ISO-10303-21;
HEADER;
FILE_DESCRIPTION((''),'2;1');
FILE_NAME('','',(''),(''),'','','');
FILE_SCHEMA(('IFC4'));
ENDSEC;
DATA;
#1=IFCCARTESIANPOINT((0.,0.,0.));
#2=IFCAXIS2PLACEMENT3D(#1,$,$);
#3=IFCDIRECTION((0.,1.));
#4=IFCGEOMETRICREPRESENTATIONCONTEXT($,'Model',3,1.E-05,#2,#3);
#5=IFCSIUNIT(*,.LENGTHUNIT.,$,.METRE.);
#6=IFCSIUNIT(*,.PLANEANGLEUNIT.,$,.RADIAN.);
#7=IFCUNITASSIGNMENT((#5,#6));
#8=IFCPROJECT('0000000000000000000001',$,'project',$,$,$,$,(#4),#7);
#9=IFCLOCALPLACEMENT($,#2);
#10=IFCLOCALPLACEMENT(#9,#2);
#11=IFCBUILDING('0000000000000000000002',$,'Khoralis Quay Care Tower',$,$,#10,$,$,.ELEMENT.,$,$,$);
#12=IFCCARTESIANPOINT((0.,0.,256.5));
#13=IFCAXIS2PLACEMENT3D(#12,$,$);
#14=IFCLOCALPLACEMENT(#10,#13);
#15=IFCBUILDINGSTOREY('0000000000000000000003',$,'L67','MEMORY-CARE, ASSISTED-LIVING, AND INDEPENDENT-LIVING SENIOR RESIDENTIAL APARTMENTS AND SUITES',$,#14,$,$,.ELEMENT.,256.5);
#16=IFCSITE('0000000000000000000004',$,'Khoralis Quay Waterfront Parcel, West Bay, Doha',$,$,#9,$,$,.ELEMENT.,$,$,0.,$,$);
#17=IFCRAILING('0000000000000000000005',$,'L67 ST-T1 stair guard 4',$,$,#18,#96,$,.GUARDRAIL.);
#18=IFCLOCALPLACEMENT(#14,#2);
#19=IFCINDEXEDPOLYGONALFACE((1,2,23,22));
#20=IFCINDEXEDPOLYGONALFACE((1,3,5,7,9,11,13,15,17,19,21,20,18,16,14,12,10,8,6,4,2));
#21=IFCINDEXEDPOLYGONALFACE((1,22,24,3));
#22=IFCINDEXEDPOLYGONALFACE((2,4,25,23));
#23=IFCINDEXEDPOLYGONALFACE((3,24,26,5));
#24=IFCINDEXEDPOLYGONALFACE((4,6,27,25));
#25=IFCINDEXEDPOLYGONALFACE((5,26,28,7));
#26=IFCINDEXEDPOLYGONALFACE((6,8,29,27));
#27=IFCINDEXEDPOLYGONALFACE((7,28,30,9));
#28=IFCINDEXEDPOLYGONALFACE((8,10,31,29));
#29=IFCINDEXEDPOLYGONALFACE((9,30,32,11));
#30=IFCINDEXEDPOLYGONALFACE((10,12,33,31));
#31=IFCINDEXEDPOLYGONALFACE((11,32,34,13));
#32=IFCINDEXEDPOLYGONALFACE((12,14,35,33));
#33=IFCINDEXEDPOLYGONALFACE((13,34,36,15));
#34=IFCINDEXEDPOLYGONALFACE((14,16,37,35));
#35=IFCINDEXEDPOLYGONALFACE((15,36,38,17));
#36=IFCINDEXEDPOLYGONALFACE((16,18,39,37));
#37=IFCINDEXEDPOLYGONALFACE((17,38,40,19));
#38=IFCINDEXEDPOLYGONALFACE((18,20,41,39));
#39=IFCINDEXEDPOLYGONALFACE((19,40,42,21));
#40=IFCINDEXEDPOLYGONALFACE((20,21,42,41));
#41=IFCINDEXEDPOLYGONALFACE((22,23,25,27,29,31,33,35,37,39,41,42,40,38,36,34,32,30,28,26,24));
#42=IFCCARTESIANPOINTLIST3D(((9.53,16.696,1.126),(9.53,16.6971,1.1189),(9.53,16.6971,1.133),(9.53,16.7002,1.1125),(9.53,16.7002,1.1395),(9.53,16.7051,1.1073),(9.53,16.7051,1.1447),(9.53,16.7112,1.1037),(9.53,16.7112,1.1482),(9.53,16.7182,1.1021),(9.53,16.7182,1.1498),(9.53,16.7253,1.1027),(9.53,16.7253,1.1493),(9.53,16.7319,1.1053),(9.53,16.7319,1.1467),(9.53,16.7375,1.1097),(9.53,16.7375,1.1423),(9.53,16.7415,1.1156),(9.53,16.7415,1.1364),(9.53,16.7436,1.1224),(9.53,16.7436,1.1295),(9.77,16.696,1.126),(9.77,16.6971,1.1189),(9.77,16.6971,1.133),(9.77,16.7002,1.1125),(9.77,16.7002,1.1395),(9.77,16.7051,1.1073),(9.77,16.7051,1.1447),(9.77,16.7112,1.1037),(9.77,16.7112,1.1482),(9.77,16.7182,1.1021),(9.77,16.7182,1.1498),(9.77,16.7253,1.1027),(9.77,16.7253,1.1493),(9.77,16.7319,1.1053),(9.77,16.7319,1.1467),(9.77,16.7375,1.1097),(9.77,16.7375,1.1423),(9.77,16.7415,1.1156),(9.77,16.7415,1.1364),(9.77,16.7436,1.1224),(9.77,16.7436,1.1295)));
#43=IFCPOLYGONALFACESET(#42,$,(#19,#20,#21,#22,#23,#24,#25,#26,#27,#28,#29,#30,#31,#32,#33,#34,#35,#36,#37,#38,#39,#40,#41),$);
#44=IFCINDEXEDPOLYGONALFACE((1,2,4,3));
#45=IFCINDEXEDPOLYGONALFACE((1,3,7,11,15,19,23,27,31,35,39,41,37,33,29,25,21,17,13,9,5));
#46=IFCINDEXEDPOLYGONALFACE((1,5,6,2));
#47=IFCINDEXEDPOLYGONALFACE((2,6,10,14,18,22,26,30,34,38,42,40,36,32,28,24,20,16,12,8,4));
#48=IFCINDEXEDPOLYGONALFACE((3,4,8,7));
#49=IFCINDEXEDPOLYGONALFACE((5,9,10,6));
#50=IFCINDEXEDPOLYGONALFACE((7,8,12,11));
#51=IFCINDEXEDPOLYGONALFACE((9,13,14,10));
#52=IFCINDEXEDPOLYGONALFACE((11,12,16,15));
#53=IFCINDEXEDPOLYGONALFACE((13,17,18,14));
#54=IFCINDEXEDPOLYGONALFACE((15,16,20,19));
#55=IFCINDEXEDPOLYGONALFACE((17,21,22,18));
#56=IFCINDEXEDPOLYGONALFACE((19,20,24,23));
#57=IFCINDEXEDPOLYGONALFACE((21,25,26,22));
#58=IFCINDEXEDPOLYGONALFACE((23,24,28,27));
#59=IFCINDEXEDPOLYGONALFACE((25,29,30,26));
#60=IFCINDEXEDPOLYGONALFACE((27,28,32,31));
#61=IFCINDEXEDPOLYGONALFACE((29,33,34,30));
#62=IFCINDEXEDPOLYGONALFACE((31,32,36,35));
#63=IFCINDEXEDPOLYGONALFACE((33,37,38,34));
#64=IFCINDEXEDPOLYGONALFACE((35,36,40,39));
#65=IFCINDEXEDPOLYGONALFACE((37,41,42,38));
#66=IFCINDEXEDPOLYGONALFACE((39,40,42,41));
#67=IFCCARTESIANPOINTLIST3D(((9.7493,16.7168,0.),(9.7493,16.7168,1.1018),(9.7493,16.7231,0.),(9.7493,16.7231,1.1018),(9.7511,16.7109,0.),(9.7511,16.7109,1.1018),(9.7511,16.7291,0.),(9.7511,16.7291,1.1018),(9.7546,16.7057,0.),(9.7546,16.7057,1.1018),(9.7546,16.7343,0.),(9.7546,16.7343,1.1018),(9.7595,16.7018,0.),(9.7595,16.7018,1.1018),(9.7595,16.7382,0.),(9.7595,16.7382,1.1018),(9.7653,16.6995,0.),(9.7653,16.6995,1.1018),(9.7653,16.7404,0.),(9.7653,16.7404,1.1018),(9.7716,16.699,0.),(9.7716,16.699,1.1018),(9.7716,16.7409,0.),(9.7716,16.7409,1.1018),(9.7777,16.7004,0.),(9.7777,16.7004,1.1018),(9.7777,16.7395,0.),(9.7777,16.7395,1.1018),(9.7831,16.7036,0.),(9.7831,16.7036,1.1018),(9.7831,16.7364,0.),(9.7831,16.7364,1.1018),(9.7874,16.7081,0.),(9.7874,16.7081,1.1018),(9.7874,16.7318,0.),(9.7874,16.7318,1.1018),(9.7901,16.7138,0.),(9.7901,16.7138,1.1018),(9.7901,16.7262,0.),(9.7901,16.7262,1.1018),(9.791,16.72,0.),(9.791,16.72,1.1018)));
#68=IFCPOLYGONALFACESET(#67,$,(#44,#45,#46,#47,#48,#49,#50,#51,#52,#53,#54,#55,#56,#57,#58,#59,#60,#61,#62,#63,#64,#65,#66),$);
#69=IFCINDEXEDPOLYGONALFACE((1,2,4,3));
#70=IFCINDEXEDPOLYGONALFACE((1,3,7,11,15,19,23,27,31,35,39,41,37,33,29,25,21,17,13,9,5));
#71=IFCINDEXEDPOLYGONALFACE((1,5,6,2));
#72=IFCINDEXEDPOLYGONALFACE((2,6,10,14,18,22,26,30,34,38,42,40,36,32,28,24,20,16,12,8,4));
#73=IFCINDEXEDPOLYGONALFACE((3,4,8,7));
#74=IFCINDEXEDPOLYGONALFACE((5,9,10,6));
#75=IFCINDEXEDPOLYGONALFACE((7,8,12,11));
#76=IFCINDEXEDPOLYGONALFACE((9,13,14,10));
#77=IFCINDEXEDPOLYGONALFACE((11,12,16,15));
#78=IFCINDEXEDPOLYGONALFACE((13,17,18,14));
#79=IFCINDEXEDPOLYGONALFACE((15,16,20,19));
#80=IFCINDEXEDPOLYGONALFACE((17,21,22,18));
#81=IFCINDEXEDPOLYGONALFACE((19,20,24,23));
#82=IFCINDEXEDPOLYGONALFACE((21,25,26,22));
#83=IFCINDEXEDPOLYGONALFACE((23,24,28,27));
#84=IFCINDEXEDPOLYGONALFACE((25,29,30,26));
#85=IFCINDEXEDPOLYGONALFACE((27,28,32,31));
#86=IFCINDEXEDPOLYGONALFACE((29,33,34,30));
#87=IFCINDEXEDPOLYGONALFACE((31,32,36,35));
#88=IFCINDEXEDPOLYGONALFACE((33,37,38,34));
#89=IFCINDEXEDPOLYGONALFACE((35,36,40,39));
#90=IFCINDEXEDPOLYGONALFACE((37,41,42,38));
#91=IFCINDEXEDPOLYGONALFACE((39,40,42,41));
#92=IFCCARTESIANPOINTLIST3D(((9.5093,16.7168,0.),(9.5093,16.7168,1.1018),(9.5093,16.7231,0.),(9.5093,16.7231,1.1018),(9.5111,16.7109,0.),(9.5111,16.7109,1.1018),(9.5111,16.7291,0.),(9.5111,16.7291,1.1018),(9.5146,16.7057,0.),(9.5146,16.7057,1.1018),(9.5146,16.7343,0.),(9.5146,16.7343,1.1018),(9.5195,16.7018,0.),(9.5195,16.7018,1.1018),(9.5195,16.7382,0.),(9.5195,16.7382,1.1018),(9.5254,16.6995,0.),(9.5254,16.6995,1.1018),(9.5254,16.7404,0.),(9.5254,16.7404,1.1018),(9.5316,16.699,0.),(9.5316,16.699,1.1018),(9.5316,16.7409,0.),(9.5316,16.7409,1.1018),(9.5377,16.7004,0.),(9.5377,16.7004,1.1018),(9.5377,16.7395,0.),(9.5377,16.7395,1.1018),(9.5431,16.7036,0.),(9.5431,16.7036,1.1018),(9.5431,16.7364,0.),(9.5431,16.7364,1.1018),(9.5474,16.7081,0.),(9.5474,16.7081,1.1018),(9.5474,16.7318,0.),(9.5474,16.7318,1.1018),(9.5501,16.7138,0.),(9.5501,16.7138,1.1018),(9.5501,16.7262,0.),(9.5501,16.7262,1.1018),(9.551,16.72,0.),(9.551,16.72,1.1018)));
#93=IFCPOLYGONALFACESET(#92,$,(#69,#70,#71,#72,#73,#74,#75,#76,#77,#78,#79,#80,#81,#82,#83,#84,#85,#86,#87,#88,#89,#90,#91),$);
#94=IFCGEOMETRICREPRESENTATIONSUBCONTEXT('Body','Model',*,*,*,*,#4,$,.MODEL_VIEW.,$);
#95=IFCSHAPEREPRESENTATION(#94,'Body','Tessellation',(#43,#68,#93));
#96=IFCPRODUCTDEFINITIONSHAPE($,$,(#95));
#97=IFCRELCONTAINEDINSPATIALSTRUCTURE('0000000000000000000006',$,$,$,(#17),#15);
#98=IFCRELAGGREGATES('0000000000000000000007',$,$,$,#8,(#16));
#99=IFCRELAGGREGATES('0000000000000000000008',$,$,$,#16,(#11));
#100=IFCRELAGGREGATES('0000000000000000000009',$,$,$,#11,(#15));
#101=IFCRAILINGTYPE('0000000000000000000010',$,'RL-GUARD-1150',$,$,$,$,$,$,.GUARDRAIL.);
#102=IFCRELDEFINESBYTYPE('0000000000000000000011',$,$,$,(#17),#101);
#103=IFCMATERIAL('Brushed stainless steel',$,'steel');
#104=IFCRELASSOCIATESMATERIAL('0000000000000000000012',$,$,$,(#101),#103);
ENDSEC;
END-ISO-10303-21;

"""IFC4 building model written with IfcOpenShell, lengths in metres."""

from ifc_helpers import new_model, si_unit, direction, frame, origin, origin_2d, place, context, subcontext, project, spatial, circle, extrude, material, type_object, element, save


model = new_model("IFC4")

# Units and contexts
model_context = context("Model", 3, precision=1e-05, world=origin(), true_north=direction((0.0, 1.0)))
body_context = subcontext(model_context, "Body", "Model", "MODEL_VIEW")
ifc_project = project(units=[si_unit("LENGTHUNIT", "METRE"), si_unit("PLANEANGLEUNIT", "RADIAN")], contexts=[model_context])

# Site, building, storey
site_placement = place(None, origin())
site = spatial("IfcSite", under=ifc_project, at=site_placement, Name="Khoralis Quay Waterfront Parcel, West Bay, Doha", CompositionType="ELEMENT", RefElevation=0.0)
building_placement = place(site_placement, origin())
building = spatial("IfcBuilding", under=site, at=building_placement, Name="Khoralis Quay Care Tower", CompositionType="ELEMENT")
storey_placement = place(building_placement, frame((0.0, 0.0, 256.5)))
storey = spatial("IfcBuildingStorey", under=building, at=storey_placement, Name="L67", Description="MEMORY-CARE, ASSISTED-LIVING, AND INDEPENDENT-LIVING SENIOR RESIDENTIAL APARTMENTS AND SUITES", CompositionType="ELEMENT", Elevation=256.5)

# Shared definitions
ifc_material_1 = material(Name="Brushed stainless steel", Category="steel")

# Railing
railing_type_1 = type_object("IfcRailingType", Name="RL-GUARD-1150", PredefinedType="GUARDRAIL", material=ifc_material_1)
railing_1_placement = place(storey_placement, frame((9.77, 16.72, 0.0)))
element("IfcRailing", 1, at=railing_1_placement, inside=storey, type_object=railing_type_1, Name="L67 ST-T1 stair guard 4", PredefinedType="GUARDRAIL", context=body_context, shape_type="SweptSolid", body=[
    extrude(circle(Radius=0.0239, at=origin_2d()), frame((0.0, 0.0, 1.126), z_axis=(-1.0, 0.0, 0.0), x_axis=(0.0, -1.0, 0.0)), (0.0, 0.0, 1.0), 0.24),
    extrude(circle(Radius=0.021, at=origin_2d()), origin(), (0.0, 0.0, 1.0), 1.1018),
    extrude(circle(Radius=0.021, at=origin_2d()), frame((-0.24, 0.0, 0.0)), (0.0, 0.0, 1.0), 1.1018),
])

save(model, "model.ifc")
